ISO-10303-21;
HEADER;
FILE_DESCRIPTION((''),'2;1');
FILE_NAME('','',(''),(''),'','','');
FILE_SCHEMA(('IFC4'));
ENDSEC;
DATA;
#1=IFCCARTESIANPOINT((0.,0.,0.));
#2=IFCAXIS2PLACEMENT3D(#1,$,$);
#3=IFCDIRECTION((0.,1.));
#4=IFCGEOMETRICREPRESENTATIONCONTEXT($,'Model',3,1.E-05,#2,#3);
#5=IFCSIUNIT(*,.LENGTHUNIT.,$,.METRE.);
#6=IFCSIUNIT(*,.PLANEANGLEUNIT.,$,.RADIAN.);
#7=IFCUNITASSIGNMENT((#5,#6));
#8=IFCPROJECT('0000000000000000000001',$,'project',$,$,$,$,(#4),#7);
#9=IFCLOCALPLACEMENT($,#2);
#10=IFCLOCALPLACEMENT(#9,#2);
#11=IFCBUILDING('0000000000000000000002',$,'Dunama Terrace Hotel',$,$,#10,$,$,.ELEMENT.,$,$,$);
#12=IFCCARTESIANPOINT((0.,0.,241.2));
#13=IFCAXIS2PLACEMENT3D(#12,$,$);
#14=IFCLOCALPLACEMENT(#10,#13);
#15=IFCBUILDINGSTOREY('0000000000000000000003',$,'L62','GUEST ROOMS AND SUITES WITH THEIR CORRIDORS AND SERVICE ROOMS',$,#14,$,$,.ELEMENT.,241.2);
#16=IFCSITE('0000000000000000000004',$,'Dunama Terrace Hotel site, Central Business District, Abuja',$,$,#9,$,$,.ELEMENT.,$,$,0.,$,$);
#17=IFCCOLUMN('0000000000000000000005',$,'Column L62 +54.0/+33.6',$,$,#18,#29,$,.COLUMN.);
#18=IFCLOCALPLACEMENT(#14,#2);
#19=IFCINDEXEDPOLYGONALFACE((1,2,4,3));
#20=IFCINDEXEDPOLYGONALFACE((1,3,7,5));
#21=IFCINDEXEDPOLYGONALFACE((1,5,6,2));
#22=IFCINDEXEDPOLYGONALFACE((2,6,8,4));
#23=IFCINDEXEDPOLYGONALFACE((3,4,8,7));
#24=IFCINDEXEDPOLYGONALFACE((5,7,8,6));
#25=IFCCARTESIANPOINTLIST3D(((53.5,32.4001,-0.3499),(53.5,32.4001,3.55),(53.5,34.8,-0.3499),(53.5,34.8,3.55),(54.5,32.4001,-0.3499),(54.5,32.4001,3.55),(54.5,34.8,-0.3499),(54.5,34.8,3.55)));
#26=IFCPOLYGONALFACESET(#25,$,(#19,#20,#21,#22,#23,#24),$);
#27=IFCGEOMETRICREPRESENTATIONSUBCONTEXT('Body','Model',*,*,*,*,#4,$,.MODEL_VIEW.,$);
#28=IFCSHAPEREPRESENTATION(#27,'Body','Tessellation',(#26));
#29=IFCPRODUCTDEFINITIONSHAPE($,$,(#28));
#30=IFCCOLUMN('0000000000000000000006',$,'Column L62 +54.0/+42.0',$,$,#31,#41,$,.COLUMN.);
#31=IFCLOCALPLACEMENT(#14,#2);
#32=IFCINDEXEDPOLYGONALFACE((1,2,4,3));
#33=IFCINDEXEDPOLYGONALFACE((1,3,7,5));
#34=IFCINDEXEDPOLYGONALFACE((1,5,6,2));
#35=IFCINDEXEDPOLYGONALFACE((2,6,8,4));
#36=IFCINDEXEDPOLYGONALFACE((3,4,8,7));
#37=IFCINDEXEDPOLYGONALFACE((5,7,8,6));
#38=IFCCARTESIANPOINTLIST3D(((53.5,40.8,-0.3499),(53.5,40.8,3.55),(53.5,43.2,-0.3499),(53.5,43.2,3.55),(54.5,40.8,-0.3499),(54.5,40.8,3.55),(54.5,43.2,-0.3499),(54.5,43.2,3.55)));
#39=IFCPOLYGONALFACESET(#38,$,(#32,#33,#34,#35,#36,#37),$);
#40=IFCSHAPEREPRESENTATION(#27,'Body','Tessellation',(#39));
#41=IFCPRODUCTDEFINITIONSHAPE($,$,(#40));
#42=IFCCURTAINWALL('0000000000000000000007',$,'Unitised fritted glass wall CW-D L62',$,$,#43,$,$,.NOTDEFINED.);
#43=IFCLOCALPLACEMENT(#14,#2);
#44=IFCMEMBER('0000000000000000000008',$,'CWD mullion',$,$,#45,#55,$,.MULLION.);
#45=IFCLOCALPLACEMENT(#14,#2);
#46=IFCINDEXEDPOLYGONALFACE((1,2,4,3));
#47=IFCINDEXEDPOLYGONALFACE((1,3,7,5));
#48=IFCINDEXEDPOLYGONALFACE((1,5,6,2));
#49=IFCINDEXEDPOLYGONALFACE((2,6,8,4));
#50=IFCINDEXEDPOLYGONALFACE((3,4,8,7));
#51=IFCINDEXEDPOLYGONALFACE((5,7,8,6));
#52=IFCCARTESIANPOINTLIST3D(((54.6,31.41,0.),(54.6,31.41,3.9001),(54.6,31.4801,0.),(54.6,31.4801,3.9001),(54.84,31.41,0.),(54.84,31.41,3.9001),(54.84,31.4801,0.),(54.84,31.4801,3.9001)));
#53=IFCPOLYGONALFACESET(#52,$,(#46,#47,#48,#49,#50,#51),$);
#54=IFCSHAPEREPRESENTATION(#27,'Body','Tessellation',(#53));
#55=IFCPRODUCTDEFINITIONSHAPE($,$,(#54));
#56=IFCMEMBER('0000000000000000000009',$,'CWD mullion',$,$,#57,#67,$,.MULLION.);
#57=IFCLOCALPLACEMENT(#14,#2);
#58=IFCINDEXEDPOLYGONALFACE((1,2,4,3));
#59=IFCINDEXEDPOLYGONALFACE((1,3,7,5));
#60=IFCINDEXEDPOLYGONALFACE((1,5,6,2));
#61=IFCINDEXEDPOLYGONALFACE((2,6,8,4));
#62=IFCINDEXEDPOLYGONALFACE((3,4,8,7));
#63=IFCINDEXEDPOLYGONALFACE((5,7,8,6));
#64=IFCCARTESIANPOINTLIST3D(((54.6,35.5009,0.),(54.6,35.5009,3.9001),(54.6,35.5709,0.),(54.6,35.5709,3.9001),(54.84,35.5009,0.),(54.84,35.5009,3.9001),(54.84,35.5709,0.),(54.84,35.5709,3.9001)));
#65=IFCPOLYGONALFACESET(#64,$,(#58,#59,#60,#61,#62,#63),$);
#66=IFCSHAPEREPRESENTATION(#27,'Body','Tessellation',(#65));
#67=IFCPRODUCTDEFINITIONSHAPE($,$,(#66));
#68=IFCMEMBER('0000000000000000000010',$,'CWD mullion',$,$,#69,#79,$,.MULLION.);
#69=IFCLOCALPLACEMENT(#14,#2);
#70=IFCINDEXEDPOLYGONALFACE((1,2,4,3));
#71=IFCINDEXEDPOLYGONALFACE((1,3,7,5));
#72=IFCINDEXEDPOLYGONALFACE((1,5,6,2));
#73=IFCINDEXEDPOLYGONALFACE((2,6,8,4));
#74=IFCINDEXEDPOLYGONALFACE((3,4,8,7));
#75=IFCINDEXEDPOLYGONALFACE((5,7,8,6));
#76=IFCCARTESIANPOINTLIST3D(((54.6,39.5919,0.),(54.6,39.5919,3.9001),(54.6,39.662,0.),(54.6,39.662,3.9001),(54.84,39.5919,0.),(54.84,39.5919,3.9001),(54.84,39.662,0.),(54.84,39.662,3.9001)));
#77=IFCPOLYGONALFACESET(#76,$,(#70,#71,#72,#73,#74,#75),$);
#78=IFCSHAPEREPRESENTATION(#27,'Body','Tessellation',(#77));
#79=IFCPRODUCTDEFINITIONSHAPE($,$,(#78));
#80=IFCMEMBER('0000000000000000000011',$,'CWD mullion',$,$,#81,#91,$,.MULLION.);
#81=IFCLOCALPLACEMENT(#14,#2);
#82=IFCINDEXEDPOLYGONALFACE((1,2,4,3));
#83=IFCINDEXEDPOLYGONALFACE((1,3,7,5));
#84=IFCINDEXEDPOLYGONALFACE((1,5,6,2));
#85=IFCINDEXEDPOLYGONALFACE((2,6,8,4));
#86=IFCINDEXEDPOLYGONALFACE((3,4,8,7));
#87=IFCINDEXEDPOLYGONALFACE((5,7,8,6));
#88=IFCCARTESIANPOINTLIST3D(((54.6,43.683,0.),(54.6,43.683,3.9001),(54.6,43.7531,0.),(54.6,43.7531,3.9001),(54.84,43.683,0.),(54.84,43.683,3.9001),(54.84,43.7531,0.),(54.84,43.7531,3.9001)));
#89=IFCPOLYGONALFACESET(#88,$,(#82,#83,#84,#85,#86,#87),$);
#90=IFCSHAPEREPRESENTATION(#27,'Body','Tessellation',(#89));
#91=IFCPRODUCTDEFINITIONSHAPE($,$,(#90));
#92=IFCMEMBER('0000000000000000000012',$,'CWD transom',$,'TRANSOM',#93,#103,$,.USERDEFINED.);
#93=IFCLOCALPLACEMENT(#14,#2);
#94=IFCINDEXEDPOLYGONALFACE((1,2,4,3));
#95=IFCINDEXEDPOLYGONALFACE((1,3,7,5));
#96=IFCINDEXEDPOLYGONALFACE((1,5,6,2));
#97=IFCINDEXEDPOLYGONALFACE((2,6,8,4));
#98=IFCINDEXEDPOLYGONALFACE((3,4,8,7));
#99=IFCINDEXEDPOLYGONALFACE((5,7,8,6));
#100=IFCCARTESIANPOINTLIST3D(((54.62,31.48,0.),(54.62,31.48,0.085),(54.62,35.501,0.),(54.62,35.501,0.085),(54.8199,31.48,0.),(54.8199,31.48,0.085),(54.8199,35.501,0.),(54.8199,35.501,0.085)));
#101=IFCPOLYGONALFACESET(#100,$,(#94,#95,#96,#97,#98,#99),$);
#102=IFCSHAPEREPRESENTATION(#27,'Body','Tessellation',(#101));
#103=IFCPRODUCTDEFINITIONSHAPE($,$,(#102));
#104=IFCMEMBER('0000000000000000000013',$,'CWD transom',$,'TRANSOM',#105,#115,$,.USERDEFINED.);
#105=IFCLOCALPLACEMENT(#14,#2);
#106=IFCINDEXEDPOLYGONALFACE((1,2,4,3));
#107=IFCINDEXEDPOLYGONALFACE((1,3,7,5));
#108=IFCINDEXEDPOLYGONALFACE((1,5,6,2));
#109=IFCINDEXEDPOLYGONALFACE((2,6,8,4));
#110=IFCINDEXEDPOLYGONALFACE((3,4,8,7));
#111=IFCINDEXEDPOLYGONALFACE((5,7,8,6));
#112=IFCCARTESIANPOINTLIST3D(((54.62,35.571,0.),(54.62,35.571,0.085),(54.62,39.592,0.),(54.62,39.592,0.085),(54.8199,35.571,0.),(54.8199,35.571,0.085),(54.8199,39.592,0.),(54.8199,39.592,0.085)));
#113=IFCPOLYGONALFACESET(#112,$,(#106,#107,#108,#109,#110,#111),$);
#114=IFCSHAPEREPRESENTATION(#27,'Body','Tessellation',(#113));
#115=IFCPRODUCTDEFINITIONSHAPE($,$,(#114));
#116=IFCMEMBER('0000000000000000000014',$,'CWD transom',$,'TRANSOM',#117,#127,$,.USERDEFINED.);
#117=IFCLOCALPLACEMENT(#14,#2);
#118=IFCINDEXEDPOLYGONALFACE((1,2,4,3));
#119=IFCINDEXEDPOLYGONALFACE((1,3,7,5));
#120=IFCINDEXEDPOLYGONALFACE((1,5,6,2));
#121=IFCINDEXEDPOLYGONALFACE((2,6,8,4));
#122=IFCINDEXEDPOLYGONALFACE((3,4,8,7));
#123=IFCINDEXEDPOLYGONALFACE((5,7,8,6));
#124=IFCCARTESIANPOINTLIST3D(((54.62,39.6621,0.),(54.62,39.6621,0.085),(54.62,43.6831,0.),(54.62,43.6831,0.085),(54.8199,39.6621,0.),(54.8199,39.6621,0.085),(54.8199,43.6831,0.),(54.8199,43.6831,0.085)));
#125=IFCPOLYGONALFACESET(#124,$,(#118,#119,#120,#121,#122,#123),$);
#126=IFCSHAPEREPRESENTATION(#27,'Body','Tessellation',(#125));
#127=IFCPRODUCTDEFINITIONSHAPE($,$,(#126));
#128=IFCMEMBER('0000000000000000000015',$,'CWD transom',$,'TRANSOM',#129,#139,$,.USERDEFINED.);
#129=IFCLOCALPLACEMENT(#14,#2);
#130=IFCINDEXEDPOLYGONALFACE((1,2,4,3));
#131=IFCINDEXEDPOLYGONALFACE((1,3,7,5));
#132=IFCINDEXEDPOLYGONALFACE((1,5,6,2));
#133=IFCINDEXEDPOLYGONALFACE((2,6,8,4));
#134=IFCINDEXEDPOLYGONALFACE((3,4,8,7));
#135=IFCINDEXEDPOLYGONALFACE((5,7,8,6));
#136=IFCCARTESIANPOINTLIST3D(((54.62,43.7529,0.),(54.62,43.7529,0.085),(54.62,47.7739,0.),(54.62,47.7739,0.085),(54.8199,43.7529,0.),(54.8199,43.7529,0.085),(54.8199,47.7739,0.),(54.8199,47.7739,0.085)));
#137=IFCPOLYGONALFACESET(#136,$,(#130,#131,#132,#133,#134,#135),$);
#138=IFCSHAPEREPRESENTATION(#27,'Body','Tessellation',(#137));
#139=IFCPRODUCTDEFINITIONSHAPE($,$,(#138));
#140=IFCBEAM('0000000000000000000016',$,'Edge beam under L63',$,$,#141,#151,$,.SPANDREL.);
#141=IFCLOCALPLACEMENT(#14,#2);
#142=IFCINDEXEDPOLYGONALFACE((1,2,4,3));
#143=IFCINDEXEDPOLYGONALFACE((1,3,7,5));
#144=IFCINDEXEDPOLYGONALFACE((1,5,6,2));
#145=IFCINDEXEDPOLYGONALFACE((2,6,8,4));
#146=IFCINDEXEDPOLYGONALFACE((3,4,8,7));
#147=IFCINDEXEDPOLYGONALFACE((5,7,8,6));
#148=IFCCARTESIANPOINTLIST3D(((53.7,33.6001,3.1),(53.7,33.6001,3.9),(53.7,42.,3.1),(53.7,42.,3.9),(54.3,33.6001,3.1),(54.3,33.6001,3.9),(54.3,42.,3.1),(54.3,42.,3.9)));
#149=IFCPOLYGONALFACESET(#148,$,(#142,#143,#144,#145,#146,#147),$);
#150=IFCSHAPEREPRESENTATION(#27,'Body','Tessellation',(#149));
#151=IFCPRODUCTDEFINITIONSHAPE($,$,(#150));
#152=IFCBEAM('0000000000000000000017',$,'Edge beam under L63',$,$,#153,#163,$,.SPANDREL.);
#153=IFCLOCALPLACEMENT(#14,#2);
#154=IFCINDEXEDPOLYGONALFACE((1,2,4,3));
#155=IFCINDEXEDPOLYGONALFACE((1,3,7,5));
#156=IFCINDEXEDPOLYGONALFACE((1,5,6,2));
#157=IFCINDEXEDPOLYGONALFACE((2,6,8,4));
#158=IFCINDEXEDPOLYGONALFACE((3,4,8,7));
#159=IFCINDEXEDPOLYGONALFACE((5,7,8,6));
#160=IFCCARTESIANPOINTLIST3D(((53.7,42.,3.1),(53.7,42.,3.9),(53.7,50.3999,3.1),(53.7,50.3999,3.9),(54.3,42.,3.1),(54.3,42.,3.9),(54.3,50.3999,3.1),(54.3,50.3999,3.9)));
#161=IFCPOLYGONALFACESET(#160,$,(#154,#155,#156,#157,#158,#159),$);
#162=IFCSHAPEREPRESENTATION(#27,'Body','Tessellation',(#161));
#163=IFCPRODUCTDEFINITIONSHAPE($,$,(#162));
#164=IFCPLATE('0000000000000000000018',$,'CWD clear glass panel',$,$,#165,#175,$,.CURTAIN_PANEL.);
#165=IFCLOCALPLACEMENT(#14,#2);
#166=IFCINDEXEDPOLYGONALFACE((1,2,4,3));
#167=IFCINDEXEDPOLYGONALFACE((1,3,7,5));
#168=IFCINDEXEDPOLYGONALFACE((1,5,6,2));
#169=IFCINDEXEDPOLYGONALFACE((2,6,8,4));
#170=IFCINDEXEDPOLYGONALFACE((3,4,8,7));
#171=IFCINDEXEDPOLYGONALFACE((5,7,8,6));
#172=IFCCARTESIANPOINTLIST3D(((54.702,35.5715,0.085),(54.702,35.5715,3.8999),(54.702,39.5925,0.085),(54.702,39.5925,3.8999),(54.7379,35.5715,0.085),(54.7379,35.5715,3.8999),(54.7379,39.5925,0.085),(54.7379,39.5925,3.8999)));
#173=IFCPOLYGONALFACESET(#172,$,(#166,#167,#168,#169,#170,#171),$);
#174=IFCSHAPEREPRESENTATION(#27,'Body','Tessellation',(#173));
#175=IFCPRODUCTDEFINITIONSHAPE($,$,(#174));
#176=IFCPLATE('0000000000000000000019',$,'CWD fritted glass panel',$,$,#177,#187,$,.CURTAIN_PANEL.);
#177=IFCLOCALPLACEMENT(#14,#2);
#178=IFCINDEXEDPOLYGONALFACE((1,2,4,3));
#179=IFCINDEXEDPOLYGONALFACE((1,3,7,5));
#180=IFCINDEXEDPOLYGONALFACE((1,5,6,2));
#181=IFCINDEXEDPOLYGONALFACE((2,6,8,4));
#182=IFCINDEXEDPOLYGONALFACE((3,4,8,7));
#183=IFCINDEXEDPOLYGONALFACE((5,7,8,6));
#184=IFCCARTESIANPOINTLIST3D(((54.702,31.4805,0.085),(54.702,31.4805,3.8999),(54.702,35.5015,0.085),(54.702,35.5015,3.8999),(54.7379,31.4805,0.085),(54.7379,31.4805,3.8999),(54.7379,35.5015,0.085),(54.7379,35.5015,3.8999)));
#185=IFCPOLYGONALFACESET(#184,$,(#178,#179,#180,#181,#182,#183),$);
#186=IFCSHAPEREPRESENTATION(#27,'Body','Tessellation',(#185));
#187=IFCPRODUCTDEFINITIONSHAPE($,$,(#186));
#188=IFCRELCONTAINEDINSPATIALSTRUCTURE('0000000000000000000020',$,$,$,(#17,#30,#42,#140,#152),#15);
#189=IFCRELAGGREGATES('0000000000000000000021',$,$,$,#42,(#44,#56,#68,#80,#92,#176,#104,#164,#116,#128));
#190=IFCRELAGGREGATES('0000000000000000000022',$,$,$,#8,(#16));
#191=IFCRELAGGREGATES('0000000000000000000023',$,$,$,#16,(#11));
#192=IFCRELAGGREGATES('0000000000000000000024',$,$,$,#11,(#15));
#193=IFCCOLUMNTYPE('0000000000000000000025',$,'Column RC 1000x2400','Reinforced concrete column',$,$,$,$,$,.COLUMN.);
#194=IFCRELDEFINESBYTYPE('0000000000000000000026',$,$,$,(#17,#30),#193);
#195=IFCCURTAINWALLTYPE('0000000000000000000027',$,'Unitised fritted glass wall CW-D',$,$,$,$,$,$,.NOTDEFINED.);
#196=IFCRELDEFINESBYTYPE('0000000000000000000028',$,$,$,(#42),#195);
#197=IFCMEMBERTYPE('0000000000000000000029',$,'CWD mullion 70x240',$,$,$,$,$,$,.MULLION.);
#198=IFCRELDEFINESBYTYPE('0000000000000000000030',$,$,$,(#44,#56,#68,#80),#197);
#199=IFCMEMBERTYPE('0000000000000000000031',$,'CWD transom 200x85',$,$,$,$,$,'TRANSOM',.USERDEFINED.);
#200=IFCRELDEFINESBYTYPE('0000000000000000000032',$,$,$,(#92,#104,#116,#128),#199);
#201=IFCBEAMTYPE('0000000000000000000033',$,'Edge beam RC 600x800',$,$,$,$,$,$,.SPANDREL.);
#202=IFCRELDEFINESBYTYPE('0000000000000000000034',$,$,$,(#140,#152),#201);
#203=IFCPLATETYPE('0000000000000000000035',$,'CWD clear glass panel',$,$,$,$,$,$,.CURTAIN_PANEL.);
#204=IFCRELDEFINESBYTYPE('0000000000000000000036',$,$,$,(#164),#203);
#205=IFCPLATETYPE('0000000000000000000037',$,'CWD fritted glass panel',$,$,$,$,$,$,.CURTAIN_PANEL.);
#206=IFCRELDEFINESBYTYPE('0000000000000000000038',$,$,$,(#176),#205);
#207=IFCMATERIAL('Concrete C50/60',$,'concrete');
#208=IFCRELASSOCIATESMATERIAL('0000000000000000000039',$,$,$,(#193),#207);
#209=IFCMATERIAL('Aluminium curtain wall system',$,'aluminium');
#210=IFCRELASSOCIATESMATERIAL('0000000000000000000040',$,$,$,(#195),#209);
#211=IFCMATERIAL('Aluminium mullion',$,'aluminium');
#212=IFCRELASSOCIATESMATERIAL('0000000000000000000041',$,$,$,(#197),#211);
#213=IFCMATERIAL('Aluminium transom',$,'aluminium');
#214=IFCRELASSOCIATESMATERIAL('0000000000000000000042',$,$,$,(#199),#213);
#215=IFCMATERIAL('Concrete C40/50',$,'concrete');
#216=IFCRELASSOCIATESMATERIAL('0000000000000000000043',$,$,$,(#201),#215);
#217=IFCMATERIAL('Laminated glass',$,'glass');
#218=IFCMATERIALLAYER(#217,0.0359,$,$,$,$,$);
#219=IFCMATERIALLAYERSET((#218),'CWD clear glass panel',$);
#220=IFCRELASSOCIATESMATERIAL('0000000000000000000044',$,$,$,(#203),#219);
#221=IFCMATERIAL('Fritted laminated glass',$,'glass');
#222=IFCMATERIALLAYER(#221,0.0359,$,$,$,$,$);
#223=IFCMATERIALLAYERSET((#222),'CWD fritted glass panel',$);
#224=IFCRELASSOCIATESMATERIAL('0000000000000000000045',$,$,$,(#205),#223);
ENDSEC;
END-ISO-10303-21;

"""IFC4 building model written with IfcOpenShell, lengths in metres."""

from ifc_helpers import new_model, si_unit, direction, frame, origin, origin_2d, place, context, subcontext, project, spatial, rectangle, extrude, material, layer, layer_set, material_profile, profile_set, type_object, element, aggregate, save


model = new_model("IFC4")

# Units and contexts
model_context = context("Model", 3, precision=1e-05, world=origin(), true_north=direction((0.0, 1.0)))
body_context = subcontext(model_context, "Body", "Model", "MODEL_VIEW")
ifc_project = project(units=[si_unit("LENGTHUNIT", "METRE"), si_unit("PLANEANGLEUNIT", "RADIAN")], contexts=[model_context])

# Site, building, storey
site_placement = place(None, origin())
site = spatial("IfcSite", under=ifc_project, at=site_placement, Name="Dunama Terrace Hotel site, Central Business District, Abuja", CompositionType="ELEMENT", RefElevation=0.0)
building_placement = place(site_placement, origin())
building = spatial("IfcBuilding", under=site, at=building_placement, Name="Dunama Terrace Hotel", CompositionType="ELEMENT")
storey_placement = place(building_placement, frame((0.0, 0.0, 241.2)))
storey = spatial("IfcBuildingStorey", under=building, at=storey_placement, Name="L62", Description="GUEST ROOMS AND SUITES WITH THEIR CORRIDORS AND SERVICE ROOMS", CompositionType="ELEMENT", Elevation=241.2)

# Columns
ifc_material_1 = material(Name="Concrete C50/60", Category="concrete")
ifc_material_profile_1 = material_profile(ifc_material_1, rectangle(XDim=1.0, YDim=2.3999, at=origin_2d()), Name="RC 1000x2400")
ifc_profile_set_1 = profile_set([ifc_material_profile_1], Name="Concrete C50/60")
column_type = type_object("IfcColumnType", Name="Column RC 1000x2400", Description="Reinforced concrete column", PredefinedType="COLUMN", material=ifc_profile_set_1)
for number, where, z_axis, x_axis, name in (
    (1, (54.0, 33.6001, -0.3499), (0.0, 0.0, 1.0), (1.0, 0.0, 0.0), "Column L62 +54.0/+33.6"),
    (2, (54.0, 42.0, -0.3499), (0.0, 0.0, 1.0), (1.0, 0.0, 0.0), "Column L62 +54.0/+42.0"),
):
    element("IfcColumn", number, at=place(storey_placement, frame(where, z_axis=z_axis, x_axis=x_axis)), inside=storey, type_object=column_type, Name=name, PredefinedType="COLUMN", context=body_context, shape_type="SweptSolid", body=[
        extrude(rectangle(XDim=1.0, YDim=2.3999, at=origin_2d()), origin(), (0.0, 0.0, 1.0), 3.8999),
    ])

# Curtain wall, members
ifc_material_2 = material(Name="Aluminium curtain wall system", Category="aluminium")
curtain_wall_type = type_object("IfcCurtainWallType", Name="Unitised fritted glass wall CW-D", PredefinedType="NOTDEFINED", material=ifc_material_2)
curtain_wall_placement = place(storey_placement, origin())
curtain_wall = element("IfcCurtainWall", 3, at=curtain_wall_placement, inside=storey, type_object=curtain_wall_type, Name="Unitised fritted glass wall CW-D L62", PredefinedType="NOTDEFINED")
ifc_material_3 = material(Name="Aluminium mullion", Category="aluminium")
ifc_material_profile_2 = material_profile(ifc_material_3, rectangle(XDim=0.0701, YDim=0.24, at=origin_2d()), Name="CWD MULLION 70X240")
ifc_profile_set_2 = profile_set([ifc_material_profile_2], Name="Aluminium mullion")
member_type_1 = type_object("IfcMemberType", Name="CWD mullion 70x240", PredefinedType="MULLION", material=ifc_profile_set_2)
member_1_placement = place(storey_placement, frame((54.72, 31.4451, 0.0), z_axis=(0.0, 0.0, 1.0), x_axis=(0.0, 1.0, 0.0)))
member_1 = element("IfcMember", 4, at=member_1_placement, type_object=member_type_1, Name="CWD mullion", PredefinedType="MULLION", context=body_context, shape_type="SweptSolid", body=[
    extrude(rectangle(XDim=0.0701, YDim=0.24, at=origin_2d()), origin(), (0.0, 0.0, 1.0), 3.9001),
])
member_2_placement = place(storey_placement, frame((54.72, 35.5359, 0.0), z_axis=(0.0, 0.0, 1.0), x_axis=(0.0, 1.0, 0.0)))
member_2 = element("IfcMember", 5, at=member_2_placement, type_object=member_type_1, Name="CWD mullion", PredefinedType="MULLION", context=body_context, shape_type="SweptSolid", body=[
    extrude(rectangle(XDim=0.0701, YDim=0.24, at=origin_2d()), origin(), (0.0, 0.0, 1.0), 3.9001),
])
member_3_placement = place(storey_placement, frame((54.72, 39.627, 0.0), z_axis=(0.0, 0.0, 1.0), x_axis=(0.0, 1.0, 0.0)))
member_3 = element("IfcMember", 6, at=member_3_placement, type_object=member_type_1, Name="CWD mullion", PredefinedType="MULLION", context=body_context, shape_type="SweptSolid", body=[
    extrude(rectangle(XDim=0.0701, YDim=0.24, at=origin_2d()), origin(), (0.0, 0.0, 1.0), 3.9001),
])
member_4_placement = place(storey_placement, frame((54.72, 43.718, 0.0), z_axis=(0.0, 0.0, 1.0), x_axis=(0.0, 1.0, 0.0)))
member_4 = element("IfcMember", 7, at=member_4_placement, type_object=member_type_1, Name="CWD mullion", PredefinedType="MULLION", context=body_context, shape_type="SweptSolid", body=[
    extrude(rectangle(XDim=0.0701, YDim=0.24, at=origin_2d()), origin(), (0.0, 0.0, 1.0), 3.9001),
])
ifc_material_4 = material(Name="Aluminium transom", Category="aluminium")
ifc_material_profile_3 = material_profile(ifc_material_4, rectangle(XDim=0.2, YDim=0.085, at=origin_2d()), Name="CWD TRANSOM 200X85")
ifc_profile_set_3 = profile_set([ifc_material_profile_3], Name="Aluminium transom")
member_type_2 = type_object("IfcMemberType", Name="CWD transom 200x85", ElementType="TRANSOM", PredefinedType="USERDEFINED", material=ifc_profile_set_3)
member_5_placement = place(storey_placement, frame((54.72, 31.48, 0.0425), z_axis=(0.0, 1.0, 0.0), x_axis=(-1.0, 0.0, 0.0)))
member_5 = element("IfcMember", 8, at=member_5_placement, type_object=member_type_2, Name="CWD transom", ObjectType="TRANSOM", PredefinedType="USERDEFINED", context=body_context, shape_type="SweptSolid", body=[
    extrude(rectangle(XDim=0.2, YDim=0.085, at=origin_2d()), origin(), (0.0, 0.0, 1.0), 4.021),
])
member_6_placement = place(storey_placement, frame((54.72, 35.571, 0.0425), z_axis=(0.0, 1.0, 0.0), x_axis=(-1.0, 0.0, 0.0)))
member_6 = element("IfcMember", 9, at=member_6_placement, type_object=member_type_2, Name="CWD transom", ObjectType="TRANSOM", PredefinedType="USERDEFINED", context=body_context, shape_type="SweptSolid", body=[
    extrude(rectangle(XDim=0.2, YDim=0.085, at=origin_2d()), origin(), (0.0, 0.0, 1.0), 4.021),
])
member_7_placement = place(storey_placement, frame((54.72, 39.6621, 0.0425), z_axis=(0.0, 1.0, 0.0), x_axis=(-1.0, 0.0, 0.0)))
member_7 = element("IfcMember", 10, at=member_7_placement, type_object=member_type_2, Name="CWD transom", ObjectType="TRANSOM", PredefinedType="USERDEFINED", context=body_context, shape_type="SweptSolid", body=[
    extrude(rectangle(XDim=0.2, YDim=0.085, at=origin_2d()), origin(), (0.0, 0.0, 1.0), 4.021),
])
member_8_placement = place(storey_placement, frame((54.72, 43.7529, 0.0425), z_axis=(0.0, 1.0, 0.0), x_axis=(-1.0, 0.0, 0.0)))
member_8 = element("IfcMember", 11, at=member_8_placement, type_object=member_type_2, Name="CWD transom", ObjectType="TRANSOM", PredefinedType="USERDEFINED", context=body_context, shape_type="SweptSolid", body=[
    extrude(rectangle(XDim=0.2, YDim=0.085, at=origin_2d()), origin(), (0.0, 0.0, 1.0), 4.021),
])

# Beams
ifc_material_5 = material(Name="Concrete C40/50", Category="concrete")
ifc_material_profile_4 = material_profile(ifc_material_5, rectangle(XDim=0.6001, YDim=0.8, at=origin_2d()), Name="RC 600x800")
ifc_profile_set_4 = profile_set([ifc_material_profile_4], Name="Concrete C40/50")
beam_type = type_object("IfcBeamType", Name="Edge beam RC 600x800", PredefinedType="SPANDREL", material=ifc_profile_set_4)
for number, where, z_axis, x_axis, name in (
    (12, (54.0, 33.6001, 3.5), (0.0, 1.0, 0.0), (-1.0, 0.0, 0.0), "Edge beam under L63"),
    (13, (54.0, 42.0, 3.5), (0.0, 1.0, 0.0), (-1.0, 0.0, 0.0), "Edge beam under L63"),
):
    element("IfcBeam", number, at=place(storey_placement, frame(where, z_axis=z_axis, x_axis=x_axis)), inside=storey, type_object=beam_type, Name=name, PredefinedType="SPANDREL", context=body_context, shape_type="SweptSolid", body=[
        extrude(rectangle(XDim=0.6001, YDim=0.8, at=origin_2d()), origin(), (0.0, 0.0, 1.0), 8.3999),
    ])

# Plates
ifc_material_6 = material(Name="Laminated glass", Category="glass")
ifc_layer_1 = layer(ifc_material_6, 0.0359)
ifc_layer_set_1 = layer_set([ifc_layer_1], Name="CWD clear glass panel")
plate_type_1 = type_object("IfcPlateType", Name="CWD clear glass panel", PredefinedType="CURTAIN_PANEL", material=ifc_layer_set_1)
plate_1_placement = place(storey_placement, frame((54.72, 37.582, 0.085), z_axis=(0.0, 0.0, 1.0), x_axis=(0.0, 1.0, 0.0)))
plate_1 = element("IfcPlate", 14, at=plate_1_placement, type_object=plate_type_1, Name="CWD clear glass panel", PredefinedType="CURTAIN_PANEL", context=body_context, shape_type="SweptSolid", body=[
    extrude(rectangle(XDim=4.021, YDim=0.0359, at=origin_2d()), origin(), (0.0, 0.0, 1.0), 3.8149),
])
ifc_material_7 = material(Name="Fritted laminated glass", Category="glass")
ifc_layer_2 = layer(ifc_material_7, 0.0359)
ifc_layer_set_2 = layer_set([ifc_layer_2], Name="CWD fritted glass panel")
plate_type_2 = type_object("IfcPlateType", Name="CWD fritted glass panel", PredefinedType="CURTAIN_PANEL", material=ifc_layer_set_2)
plate_2_placement = place(storey_placement, frame((54.72, 33.491, 0.085), z_axis=(0.0, 0.0, 1.0), x_axis=(0.0, 1.0, 0.0)))
plate_2 = element("IfcPlate", 15, at=plate_2_placement, type_object=plate_type_2, Name="CWD fritted glass panel", PredefinedType="CURTAIN_PANEL", context=body_context, shape_type="SweptSolid", body=[
    extrude(rectangle(XDim=4.021, YDim=0.0359, at=origin_2d()), origin(), (0.0, 0.0, 1.0), 3.8149),
])
aggregate(curtain_wall, [member_1, member_2, member_3, member_4, member_5, plate_2, member_6, plate_1, member_7, member_8])

save(model, "model.ifc")
